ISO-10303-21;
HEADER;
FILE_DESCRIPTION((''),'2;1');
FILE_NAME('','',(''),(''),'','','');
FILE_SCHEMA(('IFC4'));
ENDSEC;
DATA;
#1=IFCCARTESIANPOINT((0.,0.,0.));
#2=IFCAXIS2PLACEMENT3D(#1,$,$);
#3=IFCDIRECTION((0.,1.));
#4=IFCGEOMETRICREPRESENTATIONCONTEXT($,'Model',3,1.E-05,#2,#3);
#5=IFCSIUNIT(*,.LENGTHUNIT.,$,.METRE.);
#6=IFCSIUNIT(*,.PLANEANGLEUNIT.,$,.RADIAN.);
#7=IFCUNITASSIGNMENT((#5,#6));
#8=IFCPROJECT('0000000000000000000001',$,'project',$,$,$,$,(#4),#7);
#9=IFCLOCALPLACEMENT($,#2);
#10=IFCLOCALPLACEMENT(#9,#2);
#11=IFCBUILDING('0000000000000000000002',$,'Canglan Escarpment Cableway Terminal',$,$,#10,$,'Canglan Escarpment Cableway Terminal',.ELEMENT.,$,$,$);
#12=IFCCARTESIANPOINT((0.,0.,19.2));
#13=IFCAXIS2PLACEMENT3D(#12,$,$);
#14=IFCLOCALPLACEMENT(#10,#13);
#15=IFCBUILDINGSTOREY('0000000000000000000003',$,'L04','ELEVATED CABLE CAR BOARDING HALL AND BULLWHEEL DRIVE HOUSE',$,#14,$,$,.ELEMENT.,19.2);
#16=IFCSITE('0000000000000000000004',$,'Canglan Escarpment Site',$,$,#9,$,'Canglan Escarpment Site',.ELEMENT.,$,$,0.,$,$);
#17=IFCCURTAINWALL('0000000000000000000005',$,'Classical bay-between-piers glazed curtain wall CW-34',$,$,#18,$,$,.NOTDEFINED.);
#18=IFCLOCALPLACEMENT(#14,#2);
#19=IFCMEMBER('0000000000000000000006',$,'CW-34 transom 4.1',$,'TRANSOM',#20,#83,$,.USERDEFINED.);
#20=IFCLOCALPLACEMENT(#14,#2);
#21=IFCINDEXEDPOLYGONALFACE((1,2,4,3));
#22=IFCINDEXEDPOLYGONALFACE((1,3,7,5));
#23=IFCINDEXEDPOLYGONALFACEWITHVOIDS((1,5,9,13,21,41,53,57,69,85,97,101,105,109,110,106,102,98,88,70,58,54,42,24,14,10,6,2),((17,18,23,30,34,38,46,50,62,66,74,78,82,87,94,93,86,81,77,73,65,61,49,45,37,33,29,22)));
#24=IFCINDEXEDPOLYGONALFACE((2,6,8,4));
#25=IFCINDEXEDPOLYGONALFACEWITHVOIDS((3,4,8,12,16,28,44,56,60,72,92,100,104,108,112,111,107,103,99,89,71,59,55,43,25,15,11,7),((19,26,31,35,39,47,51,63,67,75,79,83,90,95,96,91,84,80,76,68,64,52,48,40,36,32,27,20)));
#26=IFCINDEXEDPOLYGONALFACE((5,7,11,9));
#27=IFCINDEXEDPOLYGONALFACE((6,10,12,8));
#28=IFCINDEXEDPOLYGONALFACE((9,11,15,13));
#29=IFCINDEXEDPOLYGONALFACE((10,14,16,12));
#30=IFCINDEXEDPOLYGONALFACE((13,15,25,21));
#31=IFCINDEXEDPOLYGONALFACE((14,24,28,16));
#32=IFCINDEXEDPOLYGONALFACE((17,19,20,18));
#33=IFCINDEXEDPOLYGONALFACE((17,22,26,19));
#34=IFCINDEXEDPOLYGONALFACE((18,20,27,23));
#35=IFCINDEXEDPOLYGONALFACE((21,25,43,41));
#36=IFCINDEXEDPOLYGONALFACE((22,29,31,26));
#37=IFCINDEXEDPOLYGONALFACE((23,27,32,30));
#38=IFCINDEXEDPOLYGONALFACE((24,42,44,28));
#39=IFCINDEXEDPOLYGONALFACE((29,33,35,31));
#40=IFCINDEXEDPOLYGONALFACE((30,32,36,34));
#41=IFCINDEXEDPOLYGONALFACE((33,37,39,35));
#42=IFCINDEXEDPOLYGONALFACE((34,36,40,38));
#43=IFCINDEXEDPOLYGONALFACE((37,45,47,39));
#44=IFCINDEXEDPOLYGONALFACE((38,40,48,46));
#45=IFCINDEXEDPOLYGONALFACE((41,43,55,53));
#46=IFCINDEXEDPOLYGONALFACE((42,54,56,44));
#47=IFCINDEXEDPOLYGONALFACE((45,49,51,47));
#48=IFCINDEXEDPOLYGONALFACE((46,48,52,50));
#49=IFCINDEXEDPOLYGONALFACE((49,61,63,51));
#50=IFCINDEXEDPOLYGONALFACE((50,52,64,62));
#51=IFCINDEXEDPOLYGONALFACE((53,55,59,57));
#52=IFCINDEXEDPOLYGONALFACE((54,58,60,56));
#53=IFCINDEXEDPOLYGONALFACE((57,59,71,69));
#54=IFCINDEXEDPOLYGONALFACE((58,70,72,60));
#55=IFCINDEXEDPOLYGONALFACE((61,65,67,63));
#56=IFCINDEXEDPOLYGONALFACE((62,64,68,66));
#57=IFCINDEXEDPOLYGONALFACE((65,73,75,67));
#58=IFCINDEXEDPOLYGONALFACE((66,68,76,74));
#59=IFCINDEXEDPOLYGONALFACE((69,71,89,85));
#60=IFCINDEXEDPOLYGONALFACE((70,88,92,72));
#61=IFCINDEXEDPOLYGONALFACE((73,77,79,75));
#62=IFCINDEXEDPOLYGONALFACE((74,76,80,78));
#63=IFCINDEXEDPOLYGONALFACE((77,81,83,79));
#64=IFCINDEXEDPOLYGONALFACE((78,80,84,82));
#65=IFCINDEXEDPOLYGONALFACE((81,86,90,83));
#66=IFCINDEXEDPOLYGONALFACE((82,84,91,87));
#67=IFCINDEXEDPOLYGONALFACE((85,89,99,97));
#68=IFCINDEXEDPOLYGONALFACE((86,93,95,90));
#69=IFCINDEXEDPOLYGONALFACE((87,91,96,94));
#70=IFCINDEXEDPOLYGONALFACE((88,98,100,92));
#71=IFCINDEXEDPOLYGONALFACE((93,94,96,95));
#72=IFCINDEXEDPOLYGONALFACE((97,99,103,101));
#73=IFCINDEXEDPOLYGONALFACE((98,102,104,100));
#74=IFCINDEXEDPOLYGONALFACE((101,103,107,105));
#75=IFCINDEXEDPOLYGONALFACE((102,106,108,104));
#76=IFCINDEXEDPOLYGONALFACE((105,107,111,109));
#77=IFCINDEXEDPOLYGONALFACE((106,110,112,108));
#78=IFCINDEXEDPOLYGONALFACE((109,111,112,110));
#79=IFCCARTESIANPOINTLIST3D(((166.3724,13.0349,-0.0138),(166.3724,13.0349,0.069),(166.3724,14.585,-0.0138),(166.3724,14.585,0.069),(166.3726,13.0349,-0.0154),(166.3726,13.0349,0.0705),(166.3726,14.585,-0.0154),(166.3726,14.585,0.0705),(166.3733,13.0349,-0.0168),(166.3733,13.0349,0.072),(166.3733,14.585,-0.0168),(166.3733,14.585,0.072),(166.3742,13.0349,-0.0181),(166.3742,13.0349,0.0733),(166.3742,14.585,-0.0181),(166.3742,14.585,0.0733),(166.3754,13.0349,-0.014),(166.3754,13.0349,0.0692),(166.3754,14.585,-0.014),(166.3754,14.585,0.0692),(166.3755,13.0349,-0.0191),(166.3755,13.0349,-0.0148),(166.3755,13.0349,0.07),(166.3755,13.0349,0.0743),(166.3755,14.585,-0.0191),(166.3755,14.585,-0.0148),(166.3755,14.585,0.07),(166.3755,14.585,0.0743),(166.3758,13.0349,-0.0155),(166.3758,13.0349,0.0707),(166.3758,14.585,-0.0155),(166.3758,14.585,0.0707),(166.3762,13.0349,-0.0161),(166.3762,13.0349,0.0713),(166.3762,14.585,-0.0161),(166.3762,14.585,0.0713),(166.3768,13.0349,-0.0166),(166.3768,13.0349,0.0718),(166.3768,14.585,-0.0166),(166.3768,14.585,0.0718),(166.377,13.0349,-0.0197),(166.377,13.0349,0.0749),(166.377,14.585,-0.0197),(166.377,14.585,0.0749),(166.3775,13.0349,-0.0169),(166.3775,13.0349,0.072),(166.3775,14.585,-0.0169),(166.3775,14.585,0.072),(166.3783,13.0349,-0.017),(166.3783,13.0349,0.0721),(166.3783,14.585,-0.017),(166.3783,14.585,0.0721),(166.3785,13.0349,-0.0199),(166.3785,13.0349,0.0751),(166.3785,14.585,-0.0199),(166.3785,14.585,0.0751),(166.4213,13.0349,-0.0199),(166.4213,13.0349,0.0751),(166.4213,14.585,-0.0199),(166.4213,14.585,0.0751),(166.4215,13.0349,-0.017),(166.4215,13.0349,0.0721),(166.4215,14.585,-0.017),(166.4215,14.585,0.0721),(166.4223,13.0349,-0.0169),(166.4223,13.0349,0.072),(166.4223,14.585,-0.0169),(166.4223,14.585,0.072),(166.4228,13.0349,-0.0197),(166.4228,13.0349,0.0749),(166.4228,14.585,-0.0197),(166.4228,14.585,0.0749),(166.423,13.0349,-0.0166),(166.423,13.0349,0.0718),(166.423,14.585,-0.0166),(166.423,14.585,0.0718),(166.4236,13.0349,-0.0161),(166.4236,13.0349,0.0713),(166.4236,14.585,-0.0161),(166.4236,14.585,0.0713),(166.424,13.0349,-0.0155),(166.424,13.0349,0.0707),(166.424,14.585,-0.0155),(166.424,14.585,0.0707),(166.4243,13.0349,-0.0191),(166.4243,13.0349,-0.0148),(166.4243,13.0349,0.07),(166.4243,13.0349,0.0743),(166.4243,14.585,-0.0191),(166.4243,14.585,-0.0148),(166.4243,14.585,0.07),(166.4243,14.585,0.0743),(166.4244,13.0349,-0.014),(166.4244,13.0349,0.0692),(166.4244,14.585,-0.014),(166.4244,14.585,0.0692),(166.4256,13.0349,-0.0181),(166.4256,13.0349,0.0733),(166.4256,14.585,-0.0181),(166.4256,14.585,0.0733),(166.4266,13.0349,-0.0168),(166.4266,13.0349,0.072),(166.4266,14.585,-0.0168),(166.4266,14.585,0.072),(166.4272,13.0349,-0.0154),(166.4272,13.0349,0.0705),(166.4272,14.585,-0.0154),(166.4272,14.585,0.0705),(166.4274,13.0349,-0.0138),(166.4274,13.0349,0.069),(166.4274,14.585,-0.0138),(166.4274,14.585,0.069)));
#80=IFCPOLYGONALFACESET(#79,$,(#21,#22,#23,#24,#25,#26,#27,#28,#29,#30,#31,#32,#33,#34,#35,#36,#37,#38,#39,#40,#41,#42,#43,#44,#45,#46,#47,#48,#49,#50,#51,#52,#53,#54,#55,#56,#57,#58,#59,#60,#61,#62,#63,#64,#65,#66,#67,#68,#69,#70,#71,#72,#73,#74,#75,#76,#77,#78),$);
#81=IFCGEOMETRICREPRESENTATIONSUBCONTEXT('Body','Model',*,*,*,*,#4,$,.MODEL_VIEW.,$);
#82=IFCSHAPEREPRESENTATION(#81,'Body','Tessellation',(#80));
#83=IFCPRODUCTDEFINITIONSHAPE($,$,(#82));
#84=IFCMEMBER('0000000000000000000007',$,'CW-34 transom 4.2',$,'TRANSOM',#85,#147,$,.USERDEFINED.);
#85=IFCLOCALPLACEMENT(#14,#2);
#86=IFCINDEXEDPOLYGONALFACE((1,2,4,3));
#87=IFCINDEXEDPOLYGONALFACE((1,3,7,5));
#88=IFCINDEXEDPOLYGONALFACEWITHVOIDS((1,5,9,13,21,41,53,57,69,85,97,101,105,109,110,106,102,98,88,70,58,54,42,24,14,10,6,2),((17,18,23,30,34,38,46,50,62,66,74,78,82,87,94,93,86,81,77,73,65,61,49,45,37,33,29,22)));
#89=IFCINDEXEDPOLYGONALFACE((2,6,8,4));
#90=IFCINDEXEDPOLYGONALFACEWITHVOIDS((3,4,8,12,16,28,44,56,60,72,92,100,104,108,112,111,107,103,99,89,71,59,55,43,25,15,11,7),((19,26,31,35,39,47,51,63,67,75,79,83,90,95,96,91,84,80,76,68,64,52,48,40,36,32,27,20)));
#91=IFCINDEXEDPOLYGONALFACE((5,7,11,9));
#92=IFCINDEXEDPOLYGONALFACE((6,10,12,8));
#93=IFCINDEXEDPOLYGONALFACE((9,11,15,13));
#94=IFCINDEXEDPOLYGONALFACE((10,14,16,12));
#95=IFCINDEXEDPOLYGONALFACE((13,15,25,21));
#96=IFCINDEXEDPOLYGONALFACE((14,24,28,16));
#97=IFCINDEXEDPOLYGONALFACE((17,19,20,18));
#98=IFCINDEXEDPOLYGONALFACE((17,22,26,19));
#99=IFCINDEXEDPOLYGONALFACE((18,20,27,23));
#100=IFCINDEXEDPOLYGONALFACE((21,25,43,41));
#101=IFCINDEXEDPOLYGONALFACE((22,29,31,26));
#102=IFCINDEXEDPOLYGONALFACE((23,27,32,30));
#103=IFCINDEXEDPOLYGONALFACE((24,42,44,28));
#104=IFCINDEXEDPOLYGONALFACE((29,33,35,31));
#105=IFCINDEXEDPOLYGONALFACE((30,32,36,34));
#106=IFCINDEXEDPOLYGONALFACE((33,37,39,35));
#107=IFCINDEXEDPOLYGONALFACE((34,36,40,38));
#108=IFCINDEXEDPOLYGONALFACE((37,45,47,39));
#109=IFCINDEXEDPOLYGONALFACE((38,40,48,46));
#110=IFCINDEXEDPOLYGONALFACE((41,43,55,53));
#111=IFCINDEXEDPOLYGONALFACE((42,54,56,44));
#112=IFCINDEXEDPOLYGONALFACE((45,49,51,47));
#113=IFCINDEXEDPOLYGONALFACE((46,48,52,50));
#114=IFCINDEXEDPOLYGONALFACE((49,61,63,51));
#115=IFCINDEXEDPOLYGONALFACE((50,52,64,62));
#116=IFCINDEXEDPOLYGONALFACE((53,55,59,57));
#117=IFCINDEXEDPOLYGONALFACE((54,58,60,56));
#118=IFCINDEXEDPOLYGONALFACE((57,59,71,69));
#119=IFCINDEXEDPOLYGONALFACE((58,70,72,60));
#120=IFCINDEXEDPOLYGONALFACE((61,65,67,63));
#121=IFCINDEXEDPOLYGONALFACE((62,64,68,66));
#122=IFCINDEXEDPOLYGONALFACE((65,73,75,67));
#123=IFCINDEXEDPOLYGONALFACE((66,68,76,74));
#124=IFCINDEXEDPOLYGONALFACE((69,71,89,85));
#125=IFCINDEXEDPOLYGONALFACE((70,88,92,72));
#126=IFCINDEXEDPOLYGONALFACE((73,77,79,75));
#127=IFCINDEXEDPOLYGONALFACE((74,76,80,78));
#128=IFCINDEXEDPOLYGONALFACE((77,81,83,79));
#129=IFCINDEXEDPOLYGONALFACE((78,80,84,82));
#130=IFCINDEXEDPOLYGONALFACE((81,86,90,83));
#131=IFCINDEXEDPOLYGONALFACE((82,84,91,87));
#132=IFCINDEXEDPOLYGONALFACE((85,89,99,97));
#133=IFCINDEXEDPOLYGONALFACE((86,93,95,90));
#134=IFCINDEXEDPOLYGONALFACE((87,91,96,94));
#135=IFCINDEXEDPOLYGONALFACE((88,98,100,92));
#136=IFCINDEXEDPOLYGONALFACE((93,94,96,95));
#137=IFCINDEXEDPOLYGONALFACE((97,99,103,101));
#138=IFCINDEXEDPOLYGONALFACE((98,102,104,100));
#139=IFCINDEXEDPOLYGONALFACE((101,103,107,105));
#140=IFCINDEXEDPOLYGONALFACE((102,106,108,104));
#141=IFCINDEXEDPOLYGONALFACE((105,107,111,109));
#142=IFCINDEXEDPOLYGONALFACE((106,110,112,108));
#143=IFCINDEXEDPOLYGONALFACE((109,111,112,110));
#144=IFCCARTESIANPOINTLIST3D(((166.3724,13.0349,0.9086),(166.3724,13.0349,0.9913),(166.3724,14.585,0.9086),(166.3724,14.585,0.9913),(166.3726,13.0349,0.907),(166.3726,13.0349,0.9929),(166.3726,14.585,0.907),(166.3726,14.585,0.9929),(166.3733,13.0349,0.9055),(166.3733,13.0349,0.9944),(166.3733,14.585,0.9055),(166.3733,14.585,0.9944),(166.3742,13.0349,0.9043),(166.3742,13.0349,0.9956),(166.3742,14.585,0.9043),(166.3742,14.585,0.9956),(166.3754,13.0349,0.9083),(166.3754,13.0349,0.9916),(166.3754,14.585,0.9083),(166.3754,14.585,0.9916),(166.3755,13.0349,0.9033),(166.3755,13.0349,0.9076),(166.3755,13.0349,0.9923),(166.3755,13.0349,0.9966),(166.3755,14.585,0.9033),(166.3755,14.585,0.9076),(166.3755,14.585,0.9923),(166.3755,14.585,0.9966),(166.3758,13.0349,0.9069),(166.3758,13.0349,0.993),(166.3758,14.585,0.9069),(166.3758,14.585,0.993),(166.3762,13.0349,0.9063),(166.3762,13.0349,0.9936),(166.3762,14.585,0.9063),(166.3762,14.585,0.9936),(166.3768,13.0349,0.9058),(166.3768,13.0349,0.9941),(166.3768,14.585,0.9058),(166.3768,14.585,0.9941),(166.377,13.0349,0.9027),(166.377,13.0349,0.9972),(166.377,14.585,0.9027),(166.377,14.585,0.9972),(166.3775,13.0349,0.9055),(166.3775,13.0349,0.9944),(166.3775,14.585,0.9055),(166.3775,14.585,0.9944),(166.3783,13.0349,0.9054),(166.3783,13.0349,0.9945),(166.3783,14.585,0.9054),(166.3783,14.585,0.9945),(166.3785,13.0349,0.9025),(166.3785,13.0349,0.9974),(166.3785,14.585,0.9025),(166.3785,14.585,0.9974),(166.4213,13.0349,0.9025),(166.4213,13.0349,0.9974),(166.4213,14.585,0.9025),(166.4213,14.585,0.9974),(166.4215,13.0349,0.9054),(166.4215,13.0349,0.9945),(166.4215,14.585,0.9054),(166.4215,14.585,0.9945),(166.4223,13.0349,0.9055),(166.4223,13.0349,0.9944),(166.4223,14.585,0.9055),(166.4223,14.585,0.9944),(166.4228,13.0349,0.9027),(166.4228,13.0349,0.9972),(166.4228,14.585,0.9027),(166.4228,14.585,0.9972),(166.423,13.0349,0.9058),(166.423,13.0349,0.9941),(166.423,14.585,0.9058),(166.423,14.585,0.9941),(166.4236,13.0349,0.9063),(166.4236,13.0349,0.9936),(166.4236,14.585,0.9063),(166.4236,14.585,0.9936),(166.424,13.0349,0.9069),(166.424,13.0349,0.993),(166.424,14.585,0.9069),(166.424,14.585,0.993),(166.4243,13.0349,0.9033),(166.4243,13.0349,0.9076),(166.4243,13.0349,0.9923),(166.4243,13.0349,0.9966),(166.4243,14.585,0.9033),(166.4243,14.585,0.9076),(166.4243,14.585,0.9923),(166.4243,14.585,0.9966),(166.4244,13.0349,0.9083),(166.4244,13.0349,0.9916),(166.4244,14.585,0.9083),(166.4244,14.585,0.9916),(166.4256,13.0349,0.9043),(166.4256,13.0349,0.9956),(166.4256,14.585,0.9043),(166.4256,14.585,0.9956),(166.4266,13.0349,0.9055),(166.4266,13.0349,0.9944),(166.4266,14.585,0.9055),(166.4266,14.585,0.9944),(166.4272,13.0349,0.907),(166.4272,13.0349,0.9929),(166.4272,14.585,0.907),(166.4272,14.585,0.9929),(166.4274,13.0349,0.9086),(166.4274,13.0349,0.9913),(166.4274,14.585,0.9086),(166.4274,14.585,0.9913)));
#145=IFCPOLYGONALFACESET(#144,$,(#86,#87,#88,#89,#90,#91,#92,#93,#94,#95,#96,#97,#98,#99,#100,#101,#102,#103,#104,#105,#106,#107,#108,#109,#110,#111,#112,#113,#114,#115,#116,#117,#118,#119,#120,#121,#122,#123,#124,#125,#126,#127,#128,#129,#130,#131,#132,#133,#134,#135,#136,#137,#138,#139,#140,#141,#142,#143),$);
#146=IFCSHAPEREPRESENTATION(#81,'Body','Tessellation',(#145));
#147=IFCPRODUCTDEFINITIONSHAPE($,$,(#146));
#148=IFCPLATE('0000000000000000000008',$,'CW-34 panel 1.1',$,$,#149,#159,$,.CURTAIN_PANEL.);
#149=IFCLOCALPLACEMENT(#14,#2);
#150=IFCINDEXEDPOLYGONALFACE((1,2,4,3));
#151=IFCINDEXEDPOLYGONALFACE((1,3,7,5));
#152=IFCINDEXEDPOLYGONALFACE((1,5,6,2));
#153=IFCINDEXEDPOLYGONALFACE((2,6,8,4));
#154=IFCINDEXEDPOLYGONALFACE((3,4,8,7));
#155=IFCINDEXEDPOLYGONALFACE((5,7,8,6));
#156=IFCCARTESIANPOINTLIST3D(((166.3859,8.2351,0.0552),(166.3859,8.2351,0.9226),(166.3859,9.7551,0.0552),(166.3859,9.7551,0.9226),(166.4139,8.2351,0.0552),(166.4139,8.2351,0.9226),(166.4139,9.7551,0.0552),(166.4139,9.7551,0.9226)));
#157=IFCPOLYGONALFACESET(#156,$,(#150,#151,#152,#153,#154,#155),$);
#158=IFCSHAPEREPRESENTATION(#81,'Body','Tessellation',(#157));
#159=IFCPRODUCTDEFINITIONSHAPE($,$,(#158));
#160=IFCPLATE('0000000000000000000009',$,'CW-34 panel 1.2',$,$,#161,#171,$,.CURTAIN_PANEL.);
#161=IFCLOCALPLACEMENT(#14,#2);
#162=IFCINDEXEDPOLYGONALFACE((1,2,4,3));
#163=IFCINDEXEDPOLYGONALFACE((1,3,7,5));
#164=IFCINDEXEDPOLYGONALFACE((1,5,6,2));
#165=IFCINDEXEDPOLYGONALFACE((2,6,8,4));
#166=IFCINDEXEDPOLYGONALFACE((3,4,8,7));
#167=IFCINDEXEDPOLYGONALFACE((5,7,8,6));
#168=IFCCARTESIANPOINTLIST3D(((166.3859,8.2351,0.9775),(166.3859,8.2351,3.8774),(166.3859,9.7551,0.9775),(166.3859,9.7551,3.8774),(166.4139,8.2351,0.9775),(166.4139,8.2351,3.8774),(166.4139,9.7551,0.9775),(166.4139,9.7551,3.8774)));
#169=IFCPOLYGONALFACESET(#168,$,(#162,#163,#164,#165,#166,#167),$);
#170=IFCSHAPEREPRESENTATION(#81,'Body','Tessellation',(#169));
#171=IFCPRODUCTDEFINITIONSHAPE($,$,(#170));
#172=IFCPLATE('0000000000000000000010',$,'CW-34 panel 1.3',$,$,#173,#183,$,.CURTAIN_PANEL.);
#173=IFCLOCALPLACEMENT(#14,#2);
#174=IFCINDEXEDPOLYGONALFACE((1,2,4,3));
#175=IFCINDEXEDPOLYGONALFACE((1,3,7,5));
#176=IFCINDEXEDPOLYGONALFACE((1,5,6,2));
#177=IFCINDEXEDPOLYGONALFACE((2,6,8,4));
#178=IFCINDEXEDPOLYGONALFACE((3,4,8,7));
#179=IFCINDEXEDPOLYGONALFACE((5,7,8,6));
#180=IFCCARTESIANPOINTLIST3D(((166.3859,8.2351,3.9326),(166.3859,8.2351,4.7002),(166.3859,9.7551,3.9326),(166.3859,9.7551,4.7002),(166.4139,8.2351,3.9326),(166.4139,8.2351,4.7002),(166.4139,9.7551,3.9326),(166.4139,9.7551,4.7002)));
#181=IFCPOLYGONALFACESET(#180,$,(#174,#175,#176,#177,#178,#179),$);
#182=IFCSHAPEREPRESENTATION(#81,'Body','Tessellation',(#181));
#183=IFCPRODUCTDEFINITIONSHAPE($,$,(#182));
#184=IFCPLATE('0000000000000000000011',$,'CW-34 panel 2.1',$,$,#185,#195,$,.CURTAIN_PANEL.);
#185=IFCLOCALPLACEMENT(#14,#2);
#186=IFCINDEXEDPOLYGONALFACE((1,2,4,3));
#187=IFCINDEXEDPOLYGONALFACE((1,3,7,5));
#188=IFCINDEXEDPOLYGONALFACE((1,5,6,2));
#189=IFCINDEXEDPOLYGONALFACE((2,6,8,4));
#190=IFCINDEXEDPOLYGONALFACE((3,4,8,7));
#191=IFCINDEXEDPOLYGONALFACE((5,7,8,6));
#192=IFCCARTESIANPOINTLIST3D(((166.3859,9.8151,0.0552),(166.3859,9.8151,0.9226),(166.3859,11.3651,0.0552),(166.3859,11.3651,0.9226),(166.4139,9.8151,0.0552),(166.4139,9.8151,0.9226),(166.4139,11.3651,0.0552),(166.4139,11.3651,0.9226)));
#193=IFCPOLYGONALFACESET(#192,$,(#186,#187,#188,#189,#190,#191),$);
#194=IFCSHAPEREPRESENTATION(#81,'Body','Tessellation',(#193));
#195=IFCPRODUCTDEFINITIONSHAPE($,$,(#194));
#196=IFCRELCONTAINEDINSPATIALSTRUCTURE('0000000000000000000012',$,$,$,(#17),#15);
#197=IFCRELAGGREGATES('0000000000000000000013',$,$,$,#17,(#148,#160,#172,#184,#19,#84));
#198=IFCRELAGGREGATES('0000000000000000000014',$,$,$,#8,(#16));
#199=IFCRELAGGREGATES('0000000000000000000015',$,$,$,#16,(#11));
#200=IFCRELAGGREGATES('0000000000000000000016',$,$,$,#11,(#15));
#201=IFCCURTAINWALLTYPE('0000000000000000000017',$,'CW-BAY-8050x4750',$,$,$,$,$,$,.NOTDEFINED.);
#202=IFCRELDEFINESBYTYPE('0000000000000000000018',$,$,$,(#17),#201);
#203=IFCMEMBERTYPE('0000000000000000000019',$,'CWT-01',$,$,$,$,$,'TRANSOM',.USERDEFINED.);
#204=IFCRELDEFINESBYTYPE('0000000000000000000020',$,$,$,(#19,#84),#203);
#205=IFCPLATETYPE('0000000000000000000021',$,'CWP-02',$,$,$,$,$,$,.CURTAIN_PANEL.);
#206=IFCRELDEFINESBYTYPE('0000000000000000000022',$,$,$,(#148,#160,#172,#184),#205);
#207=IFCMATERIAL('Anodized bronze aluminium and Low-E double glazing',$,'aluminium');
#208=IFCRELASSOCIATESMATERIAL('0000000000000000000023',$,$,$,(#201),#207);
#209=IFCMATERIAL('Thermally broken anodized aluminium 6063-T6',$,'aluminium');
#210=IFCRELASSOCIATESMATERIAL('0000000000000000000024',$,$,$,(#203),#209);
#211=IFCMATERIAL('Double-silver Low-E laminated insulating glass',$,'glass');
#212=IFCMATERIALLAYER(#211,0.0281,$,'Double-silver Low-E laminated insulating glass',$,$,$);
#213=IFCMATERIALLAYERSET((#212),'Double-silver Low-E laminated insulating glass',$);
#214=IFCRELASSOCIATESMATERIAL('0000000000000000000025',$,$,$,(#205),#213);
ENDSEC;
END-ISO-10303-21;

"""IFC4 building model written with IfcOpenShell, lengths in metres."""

from ifc_helpers import new_model, si_unit, direction, frame, origin, origin_2d, place, context, subcontext, project, spatial, rectangle, hollow_rectangle, extrude, material, layer, layer_set, material_profile, profile_set, type_object, element, aggregate, save


model = new_model("IFC4")

# Units and contexts
model_context = context("Model", 3, precision=1e-05, world=origin(), true_north=direction((0.0, 1.0)))
body_context = subcontext(model_context, "Body", "Model", "MODEL_VIEW")
ifc_project = project(units=[si_unit("LENGTHUNIT", "METRE"), si_unit("PLANEANGLEUNIT", "RADIAN")], contexts=[model_context])

# Site, building, storey
site_placement = place(None, origin())
site = spatial("IfcSite", under=ifc_project, at=site_placement, Name="Canglan Escarpment Site", LongName="Canglan Escarpment Site", CompositionType="ELEMENT", RefElevation=0.0)
building_placement = place(site_placement, origin())
building = spatial("IfcBuilding", under=site, at=building_placement, Name="Canglan Escarpment Cableway Terminal", LongName="Canglan Escarpment Cableway Terminal", CompositionType="ELEMENT")
storey_placement = place(building_placement, frame((0.0, 0.0, 19.2)))
storey = spatial("IfcBuildingStorey", under=building, at=storey_placement, Name="L04", Description="ELEVATED CABLE CAR BOARDING HALL AND BULLWHEEL DRIVE HOUSE", CompositionType="ELEMENT", Elevation=19.2)

# Curtain wall
ifc_material_1 = material(Name="Anodized bronze aluminium and Low-E double glazing", Category="aluminium")
curtain_wall_type_1 = type_object("IfcCurtainWallType", Name="CW-BAY-8050x4750", PredefinedType="NOTDEFINED", material=ifc_material_1)
curtain_wall_1_placement = place(storey_placement, origin())
curtain_wall_1 = element("IfcCurtainWall", 1, at=curtain_wall_1_placement, inside=storey, type_object=curtain_wall_type_1, Name="Classical bay-between-piers glazed curtain wall CW-34", PredefinedType="NOTDEFINED")
ifc_material_2 = material(Name="Thermally broken anodized aluminium 6063-T6", Category="aluminium")

# Members
ifc_material_profile_1 = material_profile(ifc_material_2, hollow_rectangle(XDim=0.0549, YDim=0.095, WallThickness=0.0029, InnerFilletRadius=0.0029, OuterFilletRadius=0.0061, at=origin_2d()), Name="ALU-TRAN 55x95x3")
ifc_profile_set_1 = profile_set([ifc_material_profile_1], Name="Thermally broken anodized aluminium 6063-T6")
member_type_1 = type_object("IfcMemberType", Name="CWT-01", ElementType="TRANSOM", PredefinedType="USERDEFINED", material=ifc_profile_set_1)
member_1_placement = place(storey_placement, frame((166.3999, 13.0349, 0.0276), z_axis=(0.0, 1.0, 0.0), x_axis=(-1.0, 0.0, 0.0)))
member_1 = element("IfcMember", 2, at=member_1_placement, type_object=member_type_1, Name="CW-34 transom 4.1", ObjectType="TRANSOM", PredefinedType="USERDEFINED", context=body_context, shape_type="SweptSolid", body=[
    extrude(hollow_rectangle(XDim=0.0549, YDim=0.095, WallThickness=0.0029, InnerFilletRadius=0.0029, OuterFilletRadius=0.0061, at=origin_2d()), origin(), (0.0, 0.0, 1.0), 1.55),
])
member_2_placement = place(storey_placement, frame((166.3999, 13.0349, 0.95), z_axis=(0.0, 1.0, 0.0), x_axis=(-1.0, 0.0, 0.0)))
member_2 = element("IfcMember", 3, at=member_2_placement, type_object=member_type_1, Name="CW-34 transom 4.2", ObjectType="TRANSOM", PredefinedType="USERDEFINED", context=body_context, shape_type="SweptSolid", body=[
    extrude(hollow_rectangle(XDim=0.0549, YDim=0.095, WallThickness=0.0029, InnerFilletRadius=0.0029, OuterFilletRadius=0.0061, at=origin_2d()), origin(), (0.0, 0.0, 1.0), 1.55),
])

# Plates
ifc_material_3 = material(Name="Double-silver Low-E laminated insulating glass", Category="glass")
ifc_layer_1 = layer(ifc_material_3, 0.0281, Name="Double-silver Low-E laminated insulating glass")
ifc_layer_set_1 = layer_set([ifc_layer_1], Name="Double-silver Low-E laminated insulating glass")
plate_type_1 = type_object("IfcPlateType", Name="CWP-02", PredefinedType="CURTAIN_PANEL", material=ifc_layer_set_1)
plate_1_placement = place(storey_placement, frame((166.3999, 8.9951, 0.0552), z_axis=(0.0, 0.0, 1.0), x_axis=(0.0, 1.0, 0.0)))
plate_1 = element("IfcPlate", 4, at=plate_1_placement, type_object=plate_type_1, Name="CW-34 panel 1.1", PredefinedType="CURTAIN_PANEL", context=body_context, shape_type="SweptSolid", body=[
    extrude(rectangle(XDim=1.52, YDim=0.0281, at=origin_2d()), origin(), (0.0, 0.0, 1.0), 0.8674),
])
plate_2_placement = place(storey_placement, frame((166.3999, 8.9951, 0.9775), z_axis=(0.0, 0.0, 1.0), x_axis=(0.0, 1.0, 0.0)))
plate_2 = element("IfcPlate", 5, at=plate_2_placement, type_object=plate_type_1, Name="CW-34 panel 1.2", PredefinedType="CURTAIN_PANEL", context=body_context, shape_type="SweptSolid", body=[
    extrude(rectangle(XDim=1.52, YDim=0.0281, at=origin_2d()), origin(), (0.0, 0.0, 1.0), 2.8999),
])
plate_3_placement = place(storey_placement, frame((166.3999, 8.9951, 3.9326), z_axis=(0.0, 0.0, 1.0), x_axis=(0.0, 1.0, 0.0)))
plate_3 = element("IfcPlate", 6, at=plate_3_placement, type_object=plate_type_1, Name="CW-34 panel 1.3", PredefinedType="CURTAIN_PANEL", context=body_context, shape_type="SweptSolid", body=[
    extrude(rectangle(XDim=1.52, YDim=0.0281, at=origin_2d()), origin(), (0.0, 0.0, 1.0), 0.7676),
])
plate_4_placement = place(storey_placement, frame((166.3999, 10.5901, 0.0552), z_axis=(0.0, 0.0, 1.0), x_axis=(0.0, 1.0, 0.0)))
plate_4 = element("IfcPlate", 7, at=plate_4_placement, type_object=plate_type_1, Name="CW-34 panel 2.1", PredefinedType="CURTAIN_PANEL", context=body_context, shape_type="SweptSolid", body=[
    extrude(rectangle(XDim=1.55, YDim=0.0281, at=origin_2d()), origin(), (0.0, 0.0, 1.0), 0.8674),
])
aggregate(curtain_wall_1, [plate_1, plate_2, plate_3, plate_4, member_1, member_2])

save(model, "model.ifc")
